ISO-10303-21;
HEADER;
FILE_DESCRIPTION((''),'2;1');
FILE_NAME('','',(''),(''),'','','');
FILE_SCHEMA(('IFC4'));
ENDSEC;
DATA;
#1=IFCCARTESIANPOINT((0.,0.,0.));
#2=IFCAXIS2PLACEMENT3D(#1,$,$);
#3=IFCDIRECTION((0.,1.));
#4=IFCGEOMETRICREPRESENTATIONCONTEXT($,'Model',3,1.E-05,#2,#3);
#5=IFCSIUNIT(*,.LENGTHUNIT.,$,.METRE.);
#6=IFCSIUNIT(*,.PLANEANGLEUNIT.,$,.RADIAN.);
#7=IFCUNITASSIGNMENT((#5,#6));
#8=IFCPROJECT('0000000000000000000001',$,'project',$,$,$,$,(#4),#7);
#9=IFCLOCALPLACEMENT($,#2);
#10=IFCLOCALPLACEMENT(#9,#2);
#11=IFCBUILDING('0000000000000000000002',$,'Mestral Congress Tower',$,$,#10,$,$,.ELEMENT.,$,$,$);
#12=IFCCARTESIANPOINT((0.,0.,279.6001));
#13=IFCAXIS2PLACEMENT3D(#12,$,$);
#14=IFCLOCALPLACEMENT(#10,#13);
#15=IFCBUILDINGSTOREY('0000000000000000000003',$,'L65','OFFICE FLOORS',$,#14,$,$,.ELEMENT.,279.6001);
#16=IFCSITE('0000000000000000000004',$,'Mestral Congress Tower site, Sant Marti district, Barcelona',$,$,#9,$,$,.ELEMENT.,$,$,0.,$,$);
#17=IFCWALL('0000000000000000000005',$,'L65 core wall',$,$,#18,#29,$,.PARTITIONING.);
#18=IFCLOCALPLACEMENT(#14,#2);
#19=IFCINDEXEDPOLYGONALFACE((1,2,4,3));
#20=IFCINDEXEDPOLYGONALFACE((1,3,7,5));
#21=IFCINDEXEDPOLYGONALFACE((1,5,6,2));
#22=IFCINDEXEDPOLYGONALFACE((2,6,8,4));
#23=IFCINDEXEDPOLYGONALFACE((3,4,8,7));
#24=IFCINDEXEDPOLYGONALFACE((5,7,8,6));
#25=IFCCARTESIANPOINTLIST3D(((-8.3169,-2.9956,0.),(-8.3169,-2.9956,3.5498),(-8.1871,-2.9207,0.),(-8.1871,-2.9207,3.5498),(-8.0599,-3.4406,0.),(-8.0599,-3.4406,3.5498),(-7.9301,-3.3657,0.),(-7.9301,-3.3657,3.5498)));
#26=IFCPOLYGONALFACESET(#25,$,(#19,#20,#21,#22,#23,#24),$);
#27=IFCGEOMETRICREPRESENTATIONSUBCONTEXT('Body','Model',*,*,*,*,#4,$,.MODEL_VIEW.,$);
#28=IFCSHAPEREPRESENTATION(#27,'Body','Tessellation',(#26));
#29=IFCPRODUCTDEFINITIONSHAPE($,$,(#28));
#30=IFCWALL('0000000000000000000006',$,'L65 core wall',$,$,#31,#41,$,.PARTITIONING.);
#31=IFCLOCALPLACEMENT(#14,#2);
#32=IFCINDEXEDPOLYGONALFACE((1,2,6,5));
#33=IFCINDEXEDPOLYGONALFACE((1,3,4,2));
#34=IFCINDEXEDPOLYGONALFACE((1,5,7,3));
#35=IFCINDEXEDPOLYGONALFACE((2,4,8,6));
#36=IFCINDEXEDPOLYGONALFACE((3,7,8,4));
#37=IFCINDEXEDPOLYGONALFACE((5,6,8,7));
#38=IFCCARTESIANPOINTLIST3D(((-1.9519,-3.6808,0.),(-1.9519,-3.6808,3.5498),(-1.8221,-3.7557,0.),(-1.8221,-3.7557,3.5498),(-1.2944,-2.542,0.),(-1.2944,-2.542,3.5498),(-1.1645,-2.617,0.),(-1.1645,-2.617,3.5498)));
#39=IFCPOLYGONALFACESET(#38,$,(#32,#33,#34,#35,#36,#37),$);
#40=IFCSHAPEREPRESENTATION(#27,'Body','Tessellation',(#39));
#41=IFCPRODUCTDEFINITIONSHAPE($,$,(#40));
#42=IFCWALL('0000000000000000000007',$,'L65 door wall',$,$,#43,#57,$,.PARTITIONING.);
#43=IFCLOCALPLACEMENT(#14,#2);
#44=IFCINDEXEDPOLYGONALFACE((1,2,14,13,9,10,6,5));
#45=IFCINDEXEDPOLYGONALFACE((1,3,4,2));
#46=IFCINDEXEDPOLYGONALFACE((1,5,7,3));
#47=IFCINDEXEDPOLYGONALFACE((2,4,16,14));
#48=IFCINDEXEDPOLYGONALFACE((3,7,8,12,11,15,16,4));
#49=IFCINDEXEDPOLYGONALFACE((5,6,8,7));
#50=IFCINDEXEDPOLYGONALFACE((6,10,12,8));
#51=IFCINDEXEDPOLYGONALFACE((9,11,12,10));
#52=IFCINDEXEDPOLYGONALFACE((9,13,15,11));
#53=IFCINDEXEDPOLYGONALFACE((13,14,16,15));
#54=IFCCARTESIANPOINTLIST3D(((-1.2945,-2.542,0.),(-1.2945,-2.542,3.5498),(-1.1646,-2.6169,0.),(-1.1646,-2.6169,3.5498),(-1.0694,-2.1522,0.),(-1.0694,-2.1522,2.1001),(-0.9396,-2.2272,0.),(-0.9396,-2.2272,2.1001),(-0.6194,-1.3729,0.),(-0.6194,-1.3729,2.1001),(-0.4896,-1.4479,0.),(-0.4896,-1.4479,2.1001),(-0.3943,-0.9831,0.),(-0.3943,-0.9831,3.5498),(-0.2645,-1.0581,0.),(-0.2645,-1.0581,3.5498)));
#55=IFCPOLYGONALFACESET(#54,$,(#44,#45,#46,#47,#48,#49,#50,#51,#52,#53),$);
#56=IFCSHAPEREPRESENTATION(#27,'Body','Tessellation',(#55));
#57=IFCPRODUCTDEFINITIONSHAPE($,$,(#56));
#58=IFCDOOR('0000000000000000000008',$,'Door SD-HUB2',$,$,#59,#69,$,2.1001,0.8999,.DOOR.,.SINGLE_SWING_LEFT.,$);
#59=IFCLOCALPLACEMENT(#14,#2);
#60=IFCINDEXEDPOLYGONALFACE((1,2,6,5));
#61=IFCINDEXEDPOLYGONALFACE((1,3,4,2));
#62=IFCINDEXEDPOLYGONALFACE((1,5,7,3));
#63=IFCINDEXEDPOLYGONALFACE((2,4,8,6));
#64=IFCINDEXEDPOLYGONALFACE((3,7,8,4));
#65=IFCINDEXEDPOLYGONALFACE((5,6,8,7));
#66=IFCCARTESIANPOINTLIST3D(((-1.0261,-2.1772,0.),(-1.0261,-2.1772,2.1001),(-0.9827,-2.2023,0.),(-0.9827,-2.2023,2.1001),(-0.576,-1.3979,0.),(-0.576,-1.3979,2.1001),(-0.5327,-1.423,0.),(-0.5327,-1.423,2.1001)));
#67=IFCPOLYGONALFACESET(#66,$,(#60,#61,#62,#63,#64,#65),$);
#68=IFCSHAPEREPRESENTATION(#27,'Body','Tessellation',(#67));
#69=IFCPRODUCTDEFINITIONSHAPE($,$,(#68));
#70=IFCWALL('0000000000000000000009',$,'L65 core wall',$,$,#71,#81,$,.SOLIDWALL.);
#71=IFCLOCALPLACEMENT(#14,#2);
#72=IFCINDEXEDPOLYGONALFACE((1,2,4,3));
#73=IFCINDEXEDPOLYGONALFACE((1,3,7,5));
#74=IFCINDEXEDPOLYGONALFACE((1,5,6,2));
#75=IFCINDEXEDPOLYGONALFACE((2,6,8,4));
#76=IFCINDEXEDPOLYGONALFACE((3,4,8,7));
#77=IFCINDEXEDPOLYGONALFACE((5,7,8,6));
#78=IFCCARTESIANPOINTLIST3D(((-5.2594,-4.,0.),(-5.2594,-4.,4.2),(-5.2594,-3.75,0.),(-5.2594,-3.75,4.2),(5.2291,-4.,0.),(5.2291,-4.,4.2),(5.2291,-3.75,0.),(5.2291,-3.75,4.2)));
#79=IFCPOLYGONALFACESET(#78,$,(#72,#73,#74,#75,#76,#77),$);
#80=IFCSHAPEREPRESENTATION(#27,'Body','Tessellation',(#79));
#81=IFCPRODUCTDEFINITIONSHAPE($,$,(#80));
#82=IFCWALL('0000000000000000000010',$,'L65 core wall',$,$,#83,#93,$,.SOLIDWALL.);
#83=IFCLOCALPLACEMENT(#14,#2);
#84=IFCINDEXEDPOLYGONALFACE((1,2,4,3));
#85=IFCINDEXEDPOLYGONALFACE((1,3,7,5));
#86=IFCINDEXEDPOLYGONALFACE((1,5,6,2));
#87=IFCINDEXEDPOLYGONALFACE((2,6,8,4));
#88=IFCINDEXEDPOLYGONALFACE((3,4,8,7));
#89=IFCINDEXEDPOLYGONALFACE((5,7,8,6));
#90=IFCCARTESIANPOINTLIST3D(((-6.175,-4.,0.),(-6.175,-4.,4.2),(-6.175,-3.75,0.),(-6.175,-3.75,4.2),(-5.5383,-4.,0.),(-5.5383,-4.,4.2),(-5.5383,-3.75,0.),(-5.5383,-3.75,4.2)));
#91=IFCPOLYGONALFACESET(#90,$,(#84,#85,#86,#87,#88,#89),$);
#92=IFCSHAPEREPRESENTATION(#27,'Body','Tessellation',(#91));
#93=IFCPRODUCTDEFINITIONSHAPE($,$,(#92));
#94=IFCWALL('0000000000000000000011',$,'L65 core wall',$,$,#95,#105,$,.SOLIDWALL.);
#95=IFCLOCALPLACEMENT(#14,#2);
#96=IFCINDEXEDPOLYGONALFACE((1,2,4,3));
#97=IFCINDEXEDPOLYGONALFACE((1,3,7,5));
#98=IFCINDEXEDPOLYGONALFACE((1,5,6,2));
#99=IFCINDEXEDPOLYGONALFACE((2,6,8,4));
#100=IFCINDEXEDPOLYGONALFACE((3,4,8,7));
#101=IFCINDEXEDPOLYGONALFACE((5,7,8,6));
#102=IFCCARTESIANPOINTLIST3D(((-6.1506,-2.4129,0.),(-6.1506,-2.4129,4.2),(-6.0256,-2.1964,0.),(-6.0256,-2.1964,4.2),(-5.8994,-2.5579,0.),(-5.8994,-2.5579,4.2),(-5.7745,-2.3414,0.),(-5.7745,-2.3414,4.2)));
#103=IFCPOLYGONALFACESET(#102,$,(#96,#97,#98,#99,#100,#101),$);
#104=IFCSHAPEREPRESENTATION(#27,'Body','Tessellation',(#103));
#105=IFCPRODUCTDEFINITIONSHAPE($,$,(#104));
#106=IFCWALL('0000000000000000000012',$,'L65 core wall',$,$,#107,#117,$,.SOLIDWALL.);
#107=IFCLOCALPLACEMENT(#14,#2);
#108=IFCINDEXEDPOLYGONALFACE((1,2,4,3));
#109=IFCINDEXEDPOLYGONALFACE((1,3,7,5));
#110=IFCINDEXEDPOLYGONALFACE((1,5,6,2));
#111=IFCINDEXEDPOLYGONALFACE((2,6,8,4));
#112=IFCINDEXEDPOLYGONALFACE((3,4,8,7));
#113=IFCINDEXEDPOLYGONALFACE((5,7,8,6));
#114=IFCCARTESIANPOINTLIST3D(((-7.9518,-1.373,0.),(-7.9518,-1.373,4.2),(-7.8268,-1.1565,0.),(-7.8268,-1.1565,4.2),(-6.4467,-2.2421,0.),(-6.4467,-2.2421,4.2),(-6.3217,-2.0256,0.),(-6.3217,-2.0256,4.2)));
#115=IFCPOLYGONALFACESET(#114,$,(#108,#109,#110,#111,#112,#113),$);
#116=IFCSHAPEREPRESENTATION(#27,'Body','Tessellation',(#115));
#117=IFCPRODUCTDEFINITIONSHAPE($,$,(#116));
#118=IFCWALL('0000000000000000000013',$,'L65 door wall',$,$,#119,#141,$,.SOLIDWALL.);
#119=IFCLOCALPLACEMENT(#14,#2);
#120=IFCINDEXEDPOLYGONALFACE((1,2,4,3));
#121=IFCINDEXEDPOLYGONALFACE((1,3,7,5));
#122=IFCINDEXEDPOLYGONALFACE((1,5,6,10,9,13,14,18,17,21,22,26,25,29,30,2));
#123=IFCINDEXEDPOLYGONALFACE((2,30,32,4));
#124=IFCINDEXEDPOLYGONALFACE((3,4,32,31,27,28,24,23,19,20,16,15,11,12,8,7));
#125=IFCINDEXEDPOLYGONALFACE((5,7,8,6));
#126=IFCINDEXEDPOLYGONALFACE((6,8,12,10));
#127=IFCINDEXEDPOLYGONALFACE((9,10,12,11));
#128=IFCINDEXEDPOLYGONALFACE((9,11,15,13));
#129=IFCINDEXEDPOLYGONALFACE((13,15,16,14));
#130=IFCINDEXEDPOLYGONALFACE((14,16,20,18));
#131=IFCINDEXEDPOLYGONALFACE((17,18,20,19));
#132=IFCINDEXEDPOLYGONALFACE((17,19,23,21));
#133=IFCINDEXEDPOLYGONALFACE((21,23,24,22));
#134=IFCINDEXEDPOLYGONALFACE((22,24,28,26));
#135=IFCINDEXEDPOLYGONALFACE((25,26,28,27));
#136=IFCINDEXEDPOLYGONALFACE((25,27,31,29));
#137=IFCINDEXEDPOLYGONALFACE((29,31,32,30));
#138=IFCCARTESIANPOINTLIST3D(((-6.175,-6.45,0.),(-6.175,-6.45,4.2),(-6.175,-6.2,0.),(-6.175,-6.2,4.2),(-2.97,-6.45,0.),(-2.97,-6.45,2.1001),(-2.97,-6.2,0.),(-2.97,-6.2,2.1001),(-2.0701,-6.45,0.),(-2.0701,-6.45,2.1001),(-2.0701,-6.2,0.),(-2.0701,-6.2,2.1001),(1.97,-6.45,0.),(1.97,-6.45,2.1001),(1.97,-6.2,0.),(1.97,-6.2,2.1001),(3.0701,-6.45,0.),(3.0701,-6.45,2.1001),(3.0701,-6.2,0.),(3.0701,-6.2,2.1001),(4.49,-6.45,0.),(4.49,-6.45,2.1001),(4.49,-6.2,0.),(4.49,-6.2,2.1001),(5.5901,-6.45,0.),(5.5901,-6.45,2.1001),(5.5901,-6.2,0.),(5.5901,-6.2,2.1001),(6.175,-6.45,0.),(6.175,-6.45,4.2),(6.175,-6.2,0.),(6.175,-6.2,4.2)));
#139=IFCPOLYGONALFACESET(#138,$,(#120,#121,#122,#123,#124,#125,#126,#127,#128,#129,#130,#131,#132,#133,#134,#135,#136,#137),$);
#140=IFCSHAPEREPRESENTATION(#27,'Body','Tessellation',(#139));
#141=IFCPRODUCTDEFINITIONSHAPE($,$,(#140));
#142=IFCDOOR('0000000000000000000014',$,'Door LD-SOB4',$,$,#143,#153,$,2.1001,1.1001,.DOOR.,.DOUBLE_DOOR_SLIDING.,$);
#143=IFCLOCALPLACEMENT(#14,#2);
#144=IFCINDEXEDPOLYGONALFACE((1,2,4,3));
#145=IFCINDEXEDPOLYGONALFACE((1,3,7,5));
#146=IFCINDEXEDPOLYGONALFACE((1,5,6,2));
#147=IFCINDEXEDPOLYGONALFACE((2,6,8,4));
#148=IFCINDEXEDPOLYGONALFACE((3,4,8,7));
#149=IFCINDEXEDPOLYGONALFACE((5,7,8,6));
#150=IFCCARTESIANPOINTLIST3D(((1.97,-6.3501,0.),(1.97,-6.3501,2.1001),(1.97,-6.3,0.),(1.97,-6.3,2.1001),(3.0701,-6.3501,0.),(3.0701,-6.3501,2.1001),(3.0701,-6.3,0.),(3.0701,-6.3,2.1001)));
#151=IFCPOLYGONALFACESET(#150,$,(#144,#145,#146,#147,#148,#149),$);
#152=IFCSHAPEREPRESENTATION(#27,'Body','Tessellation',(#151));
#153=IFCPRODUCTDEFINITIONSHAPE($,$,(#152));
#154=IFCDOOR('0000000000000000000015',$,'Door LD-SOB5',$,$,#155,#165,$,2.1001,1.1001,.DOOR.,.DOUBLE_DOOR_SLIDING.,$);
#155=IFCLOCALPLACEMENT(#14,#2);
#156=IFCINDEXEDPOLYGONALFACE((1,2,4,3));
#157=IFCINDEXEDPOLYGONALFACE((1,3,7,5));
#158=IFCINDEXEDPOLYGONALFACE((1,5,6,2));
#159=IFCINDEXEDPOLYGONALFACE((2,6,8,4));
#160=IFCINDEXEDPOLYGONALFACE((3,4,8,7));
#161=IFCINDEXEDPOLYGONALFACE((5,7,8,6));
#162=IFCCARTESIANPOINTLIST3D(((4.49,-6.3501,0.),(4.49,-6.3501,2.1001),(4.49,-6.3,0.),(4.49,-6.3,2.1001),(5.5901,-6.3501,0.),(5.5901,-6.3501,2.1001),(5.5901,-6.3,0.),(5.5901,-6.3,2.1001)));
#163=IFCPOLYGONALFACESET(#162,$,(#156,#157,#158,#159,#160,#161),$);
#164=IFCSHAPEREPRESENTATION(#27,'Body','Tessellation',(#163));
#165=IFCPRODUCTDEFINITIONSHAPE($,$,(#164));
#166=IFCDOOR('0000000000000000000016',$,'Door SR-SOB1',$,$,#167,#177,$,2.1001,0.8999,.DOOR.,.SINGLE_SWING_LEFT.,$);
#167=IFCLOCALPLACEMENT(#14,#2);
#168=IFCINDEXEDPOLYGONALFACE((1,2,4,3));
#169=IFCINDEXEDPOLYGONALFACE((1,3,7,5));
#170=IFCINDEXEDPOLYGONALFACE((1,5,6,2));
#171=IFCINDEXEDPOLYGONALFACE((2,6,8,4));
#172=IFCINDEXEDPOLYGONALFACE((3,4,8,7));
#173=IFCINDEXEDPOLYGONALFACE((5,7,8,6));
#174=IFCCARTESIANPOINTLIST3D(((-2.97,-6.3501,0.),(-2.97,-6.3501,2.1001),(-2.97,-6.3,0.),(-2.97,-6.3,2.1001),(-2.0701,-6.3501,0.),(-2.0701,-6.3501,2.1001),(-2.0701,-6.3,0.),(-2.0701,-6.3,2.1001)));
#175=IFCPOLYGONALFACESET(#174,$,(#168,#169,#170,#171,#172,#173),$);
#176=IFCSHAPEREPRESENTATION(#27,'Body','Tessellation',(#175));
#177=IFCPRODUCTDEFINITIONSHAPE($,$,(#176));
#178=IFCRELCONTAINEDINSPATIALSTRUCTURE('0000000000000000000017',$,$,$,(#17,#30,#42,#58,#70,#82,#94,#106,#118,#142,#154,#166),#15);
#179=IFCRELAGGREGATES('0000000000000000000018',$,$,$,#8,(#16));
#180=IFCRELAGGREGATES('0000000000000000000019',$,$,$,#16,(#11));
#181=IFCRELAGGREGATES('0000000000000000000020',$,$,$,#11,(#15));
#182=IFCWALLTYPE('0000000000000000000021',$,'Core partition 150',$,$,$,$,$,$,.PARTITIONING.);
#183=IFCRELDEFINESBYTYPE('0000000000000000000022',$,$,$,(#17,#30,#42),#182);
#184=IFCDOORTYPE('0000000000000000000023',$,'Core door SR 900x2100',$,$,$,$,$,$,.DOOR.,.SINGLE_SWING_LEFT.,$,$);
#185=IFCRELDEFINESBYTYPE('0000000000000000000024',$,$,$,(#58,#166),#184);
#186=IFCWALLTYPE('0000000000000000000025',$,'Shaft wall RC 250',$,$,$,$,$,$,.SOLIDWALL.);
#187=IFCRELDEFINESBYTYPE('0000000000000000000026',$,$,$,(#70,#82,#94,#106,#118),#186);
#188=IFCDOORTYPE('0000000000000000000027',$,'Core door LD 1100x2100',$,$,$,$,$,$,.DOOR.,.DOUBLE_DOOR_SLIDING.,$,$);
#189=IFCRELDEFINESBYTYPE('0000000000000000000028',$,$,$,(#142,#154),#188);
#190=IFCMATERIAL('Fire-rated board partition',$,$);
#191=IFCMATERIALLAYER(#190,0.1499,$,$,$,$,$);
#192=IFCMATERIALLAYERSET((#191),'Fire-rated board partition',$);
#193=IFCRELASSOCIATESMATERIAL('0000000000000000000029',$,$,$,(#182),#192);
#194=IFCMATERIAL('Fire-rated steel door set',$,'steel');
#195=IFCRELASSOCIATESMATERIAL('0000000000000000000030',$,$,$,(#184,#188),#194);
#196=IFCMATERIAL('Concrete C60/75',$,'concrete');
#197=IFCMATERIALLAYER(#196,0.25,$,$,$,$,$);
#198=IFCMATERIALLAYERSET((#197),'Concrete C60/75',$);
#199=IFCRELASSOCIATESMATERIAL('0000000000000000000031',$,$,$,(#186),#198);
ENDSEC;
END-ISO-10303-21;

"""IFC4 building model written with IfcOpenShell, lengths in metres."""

from ifc_helpers import new_model, si_unit, direction, frame, frame_2d, origin, place, context, subcontext, project, spatial, rectangle, extrude, material, layer, layer_set, type_object, element, fill, save


model = new_model("IFC4")

# Units and contexts
model_context = context("Model", 3, precision=1e-05, world=origin(), true_north=direction((0.0, 1.0)))
body_context = subcontext(model_context, "Body", "Model", "MODEL_VIEW")
ifc_project = project(units=[si_unit("LENGTHUNIT", "METRE"), si_unit("PLANEANGLEUNIT", "RADIAN")], contexts=[model_context])

# Site, building, storey
site_placement = place(None, origin())
site = spatial("IfcSite", under=ifc_project, at=site_placement, Name="Mestral Congress Tower site, Sant Marti district, Barcelona", CompositionType="ELEMENT", RefElevation=0.0)
building_placement = place(site_placement, origin())
building = spatial("IfcBuilding", under=site, at=building_placement, Name="Mestral Congress Tower", CompositionType="ELEMENT")
storey_placement = place(building_placement, frame((0.0, 0.0, 279.6001)))
storey = spatial("IfcBuildingStorey", under=building, at=storey_placement, Name="L65", Description="OFFICE FLOORS", CompositionType="ELEMENT", Elevation=279.6001)

# Walls
ifc_material_1 = material(Name="Fire-rated board partition")
ifc_layer_1 = layer(ifc_material_1, 0.1499)
ifc_layer_set_1 = layer_set([ifc_layer_1], Name="Fire-rated board partition")
wall_type_1 = type_object("IfcWallType", Name="Core partition 150", PredefinedType="PARTITIONING", material=ifc_layer_set_1)
wall_1_placement = place(storey_placement, frame((-8.252, -2.9583, 0.0), z_axis=(0.0, 0.0, 1.0), x_axis=(0.500175, -0.865925, 0.0)))
element("IfcWall", 1, at=wall_1_placement, inside=storey, type_object=wall_type_1, Name="L65 core wall", PredefinedType="PARTITIONING", context=body_context, shape_type="SweptSolid", body=[
    extrude(rectangle(XDim=0.5139, YDim=0.1499, at=frame_2d((0.2568, 0.0))), origin(), (0.0, 0.0, 1.0), 3.5498),
])
wall_2_placement = place(storey_placement, frame((-1.887, -3.7183, 0.0), z_axis=(0.0, 0.0, 1.0), x_axis=(0.500033, 0.866006, 0.0)))
element("IfcWall", 2, at=wall_2_placement, inside=storey, type_object=wall_type_1, Name="L65 core wall", PredefinedType="PARTITIONING", context=body_context, shape_type="SweptSolid", body=[
    extrude(rectangle(XDim=1.3149, YDim=0.1499, at=frame_2d((0.6575, 0.0))), origin(), (0.0, 0.0, 1.0), 3.5498),
])

# Wall, opening, door
wall_3_placement = place(storey_placement, frame((-1.2295, -2.5793, 0.0), z_axis=(0.0, 0.0, 1.0), x_axis=(0.500063, 0.865989, 0.0)))
wall_3 = element("IfcWall", 3, at=wall_3_placement, inside=storey, type_object=wall_type_1, Name="L65 door wall", PredefinedType="PARTITIONING", context=body_context, shape_type="SweptSolid", body=[
    extrude(rectangle(XDim=1.8, YDim=0.1499, at=frame_2d((0.8999, 0.0))), origin(), (0.0, 0.0, 1.0), 3.5498),
])
opening_1_placement = place(wall_3_placement, frame((0.45, 0.0, 0.0)))
opening_1 = element("IfcOpeningElement", 4, at=opening_1_placement, cuts=wall_3, PredefinedType="OPENING", context=body_context, shape_type="SweptSolid", body=[
    extrude(rectangle(XDim=0.8999, YDim=2.1001, at=frame_2d((0.45, 1.05))), frame((0.0, 0.085, 0.0), z_axis=(0.0, -1.0, 0.0), x_axis=(1.0, 0.0, 0.0)), (0.0, 0.0, 1.0), 0.1699),
])
ifc_material_2 = material(Name="Fire-rated steel door set", Category="steel")
door_type_1 = type_object("IfcDoorType", Name="Core door SR 900x2100", OperationType="SINGLE_SWING_LEFT", PredefinedType="DOOR", material=ifc_material_2)
door_1_placement = place(opening_1_placement, origin())
door_1 = element("IfcDoor", 5, at=door_1_placement, inside=storey, type_object=door_type_1, Name="Door SD-HUB2", OperationType="SINGLE_SWING_LEFT", OverallHeight=2.1001, OverallWidth=0.8999, PredefinedType="DOOR", context=body_context, shape_type="SweptSolid", body=[
    extrude(rectangle(XDim=0.8999, YDim=2.1001, at=frame_2d((0.45, 1.05))), frame((0.0, 0.0249, 0.0), z_axis=(0.0, -1.0, 0.0), x_axis=(1.0, 0.0, 0.0)), (0.0, 0.0, 1.0), 0.05),
])
fill(opening_1, door_1)

# Walls
ifc_material_3 = material(Name="Concrete C60/75", Category="concrete")
ifc_layer_2 = layer(ifc_material_3, 0.25)
ifc_layer_set_2 = layer_set([ifc_layer_2], Name="Concrete C60/75")
wall_type_2 = type_object("IfcWallType", Name="Shaft wall RC 250", PredefinedType="SOLIDWALL", material=ifc_layer_set_2)
wall_4_placement = place(storey_placement, frame((-5.2593, -3.875, 0.0), z_axis=(0.0, 0.0, 1.0), x_axis=(1.0, 0.0, 0.0)))
element("IfcWall", 6, at=wall_4_placement, inside=storey, type_object=wall_type_2, Name="L65 core wall", PredefinedType="SOLIDWALL", context=body_context, shape_type="SweptSolid", body=[
    extrude(rectangle(XDim=10.4885, YDim=0.25, at=frame_2d((5.2441, 0.0))), origin(), (0.0, 0.0, 1.0), 4.2),
])
wall_5_placement = place(storey_placement, frame((-6.175, -3.875, 0.0), z_axis=(0.0, 0.0, 1.0), x_axis=(1.0, 0.0, 0.0)))
element("IfcWall", 7, at=wall_5_placement, inside=storey, type_object=wall_type_2, Name="L65 core wall", PredefinedType="SOLIDWALL", context=body_context, shape_type="SweptSolid", body=[
    extrude(rectangle(XDim=0.6367, YDim=0.25, at=frame_2d((0.3184, 0.0))), origin(), (0.0, 0.0, 1.0), 4.2),
])
wall_6_placement = place(storey_placement, frame((-6.0881, -2.3047, 0.0), z_axis=(0.0, 0.0, 1.0), x_axis=(0.866059, -0.499941, 0.0)))
element("IfcWall", 8, at=wall_6_placement, inside=storey, type_object=wall_type_2, Name="L65 core wall", PredefinedType="SOLIDWALL", context=body_context, shape_type="SweptSolid", body=[
    extrude(rectangle(XDim=0.29, YDim=0.25, at=frame_2d((0.145, 0.0))), origin(), (0.0, 0.0, 1.0), 4.2),
])
wall_7_placement = place(storey_placement, frame((-7.8894, -1.2646, 0.0), z_axis=(0.0, 0.0, 1.0), x_axis=(0.865987, -0.500067, 0.0)))
element("IfcWall", 9, at=wall_7_placement, inside=storey, type_object=wall_type_2, Name="L65 core wall", PredefinedType="SOLIDWALL", context=body_context, shape_type="SweptSolid", body=[
    extrude(rectangle(XDim=1.738, YDim=0.25, at=frame_2d((0.8691, 0.0))), origin(), (0.0, 0.0, 1.0), 4.2),
])

# Wall, openings, doors
wall_8_placement = place(storey_placement, frame((-6.175, -6.325, 0.0), z_axis=(0.0, 0.0, 1.0), x_axis=(1.0, 0.0, 0.0)))
wall_8 = element("IfcWall", 10, at=wall_8_placement, inside=storey, type_object=wall_type_2, Name="L65 door wall", PredefinedType="SOLIDWALL", context=body_context, shape_type="SweptSolid", body=[
    extrude(rectangle(XDim=12.3501, YDim=0.25, at=frame_2d((6.175, 0.0))), origin(), (0.0, 0.0, 1.0), 4.2),
])
opening_2_placement = place(wall_8_placement, frame((3.2051, 0.0, 0.0)))
opening_2 = element("IfcOpeningElement", 11, at=opening_2_placement, cuts=wall_8, PredefinedType="OPENING", context=body_context, shape_type="SweptSolid", body=[
    extrude(rectangle(XDim=0.8999, YDim=2.1001, at=frame_2d((0.45, 1.05))), frame((0.0, 0.135, 0.0), z_axis=(0.0, -1.0, 0.0), x_axis=(1.0, 0.0, 0.0)), (0.0, 0.0, 1.0), 0.27),
])
opening_3_placement = place(wall_8_placement, frame((8.145, 0.0, 0.0)))
opening_3 = element("IfcOpeningElement", 12, at=opening_3_placement, cuts=wall_8, PredefinedType="OPENING", context=body_context, shape_type="SweptSolid", body=[
    extrude(rectangle(XDim=1.1001, YDim=2.1001, at=frame_2d((0.55, 1.05))), frame((0.0, 0.135, 0.0), z_axis=(0.0, -1.0, 0.0), x_axis=(1.0, 0.0, 0.0)), (0.0, 0.0, 1.0), 0.27),
])
opening_4_placement = place(wall_8_placement, frame((10.665, 0.0, 0.0)))
opening_4 = element("IfcOpeningElement", 13, at=opening_4_placement, cuts=wall_8, PredefinedType="OPENING", context=body_context, shape_type="SweptSolid", body=[
    extrude(rectangle(XDim=1.1001, YDim=2.1001, at=frame_2d((0.55, 1.05))), frame((0.0, 0.135, 0.0), z_axis=(0.0, -1.0, 0.0), x_axis=(1.0, 0.0, 0.0)), (0.0, 0.0, 1.0), 0.27),
])
door_type_2 = type_object("IfcDoorType", Name="Core door LD 1100x2100", OperationType="DOUBLE_DOOR_SLIDING", PredefinedType="DOOR", material=ifc_material_2)
door_2_placement = place(opening_3_placement, origin())
door_2 = element("IfcDoor", 14, at=door_2_placement, inside=storey, type_object=door_type_2, Name="Door LD-SOB4", OperationType="DOUBLE_DOOR_SLIDING", OverallHeight=2.1001, OverallWidth=1.1001, PredefinedType="DOOR", context=body_context, shape_type="SweptSolid", body=[
    extrude(rectangle(XDim=1.1001, YDim=2.1001, at=frame_2d((0.55, 1.05))), frame((0.0, 0.0249, 0.0), z_axis=(0.0, -1.0, 0.0), x_axis=(1.0, 0.0, 0.0)), (0.0, 0.0, 1.0), 0.05),
])
fill(opening_3, door_2)
door_3_placement = place(opening_4_placement, origin())
door_3 = element("IfcDoor", 15, at=door_3_placement, inside=storey, type_object=door_type_2, Name="Door LD-SOB5", OperationType="DOUBLE_DOOR_SLIDING", OverallHeight=2.1001, OverallWidth=1.1001, PredefinedType="DOOR", context=body_context, shape_type="SweptSolid", body=[
    extrude(rectangle(XDim=1.1001, YDim=2.1001, at=frame_2d((0.55, 1.05))), frame((0.0, 0.0249, 0.0), z_axis=(0.0, -1.0, 0.0), x_axis=(1.0, 0.0, 0.0)), (0.0, 0.0, 1.0), 0.05),
])
fill(opening_4, door_3)
door_4_placement = place(opening_2_placement, origin())
door_4 = element("IfcDoor", 16, at=door_4_placement, inside=storey, type_object=door_type_1, Name="Door SR-SOB1", OperationType="SINGLE_SWING_LEFT", OverallHeight=2.1001, OverallWidth=0.8999, PredefinedType="DOOR", context=body_context, shape_type="SweptSolid", body=[
    extrude(rectangle(XDim=0.8999, YDim=2.1001, at=frame_2d((0.45, 1.05))), frame((0.0, 0.0249, 0.0), z_axis=(0.0, -1.0, 0.0), x_axis=(1.0, 0.0, 0.0)), (0.0, 0.0, 1.0), 0.05),
])
fill(opening_2, door_4)

save(model, "model.ifc")
